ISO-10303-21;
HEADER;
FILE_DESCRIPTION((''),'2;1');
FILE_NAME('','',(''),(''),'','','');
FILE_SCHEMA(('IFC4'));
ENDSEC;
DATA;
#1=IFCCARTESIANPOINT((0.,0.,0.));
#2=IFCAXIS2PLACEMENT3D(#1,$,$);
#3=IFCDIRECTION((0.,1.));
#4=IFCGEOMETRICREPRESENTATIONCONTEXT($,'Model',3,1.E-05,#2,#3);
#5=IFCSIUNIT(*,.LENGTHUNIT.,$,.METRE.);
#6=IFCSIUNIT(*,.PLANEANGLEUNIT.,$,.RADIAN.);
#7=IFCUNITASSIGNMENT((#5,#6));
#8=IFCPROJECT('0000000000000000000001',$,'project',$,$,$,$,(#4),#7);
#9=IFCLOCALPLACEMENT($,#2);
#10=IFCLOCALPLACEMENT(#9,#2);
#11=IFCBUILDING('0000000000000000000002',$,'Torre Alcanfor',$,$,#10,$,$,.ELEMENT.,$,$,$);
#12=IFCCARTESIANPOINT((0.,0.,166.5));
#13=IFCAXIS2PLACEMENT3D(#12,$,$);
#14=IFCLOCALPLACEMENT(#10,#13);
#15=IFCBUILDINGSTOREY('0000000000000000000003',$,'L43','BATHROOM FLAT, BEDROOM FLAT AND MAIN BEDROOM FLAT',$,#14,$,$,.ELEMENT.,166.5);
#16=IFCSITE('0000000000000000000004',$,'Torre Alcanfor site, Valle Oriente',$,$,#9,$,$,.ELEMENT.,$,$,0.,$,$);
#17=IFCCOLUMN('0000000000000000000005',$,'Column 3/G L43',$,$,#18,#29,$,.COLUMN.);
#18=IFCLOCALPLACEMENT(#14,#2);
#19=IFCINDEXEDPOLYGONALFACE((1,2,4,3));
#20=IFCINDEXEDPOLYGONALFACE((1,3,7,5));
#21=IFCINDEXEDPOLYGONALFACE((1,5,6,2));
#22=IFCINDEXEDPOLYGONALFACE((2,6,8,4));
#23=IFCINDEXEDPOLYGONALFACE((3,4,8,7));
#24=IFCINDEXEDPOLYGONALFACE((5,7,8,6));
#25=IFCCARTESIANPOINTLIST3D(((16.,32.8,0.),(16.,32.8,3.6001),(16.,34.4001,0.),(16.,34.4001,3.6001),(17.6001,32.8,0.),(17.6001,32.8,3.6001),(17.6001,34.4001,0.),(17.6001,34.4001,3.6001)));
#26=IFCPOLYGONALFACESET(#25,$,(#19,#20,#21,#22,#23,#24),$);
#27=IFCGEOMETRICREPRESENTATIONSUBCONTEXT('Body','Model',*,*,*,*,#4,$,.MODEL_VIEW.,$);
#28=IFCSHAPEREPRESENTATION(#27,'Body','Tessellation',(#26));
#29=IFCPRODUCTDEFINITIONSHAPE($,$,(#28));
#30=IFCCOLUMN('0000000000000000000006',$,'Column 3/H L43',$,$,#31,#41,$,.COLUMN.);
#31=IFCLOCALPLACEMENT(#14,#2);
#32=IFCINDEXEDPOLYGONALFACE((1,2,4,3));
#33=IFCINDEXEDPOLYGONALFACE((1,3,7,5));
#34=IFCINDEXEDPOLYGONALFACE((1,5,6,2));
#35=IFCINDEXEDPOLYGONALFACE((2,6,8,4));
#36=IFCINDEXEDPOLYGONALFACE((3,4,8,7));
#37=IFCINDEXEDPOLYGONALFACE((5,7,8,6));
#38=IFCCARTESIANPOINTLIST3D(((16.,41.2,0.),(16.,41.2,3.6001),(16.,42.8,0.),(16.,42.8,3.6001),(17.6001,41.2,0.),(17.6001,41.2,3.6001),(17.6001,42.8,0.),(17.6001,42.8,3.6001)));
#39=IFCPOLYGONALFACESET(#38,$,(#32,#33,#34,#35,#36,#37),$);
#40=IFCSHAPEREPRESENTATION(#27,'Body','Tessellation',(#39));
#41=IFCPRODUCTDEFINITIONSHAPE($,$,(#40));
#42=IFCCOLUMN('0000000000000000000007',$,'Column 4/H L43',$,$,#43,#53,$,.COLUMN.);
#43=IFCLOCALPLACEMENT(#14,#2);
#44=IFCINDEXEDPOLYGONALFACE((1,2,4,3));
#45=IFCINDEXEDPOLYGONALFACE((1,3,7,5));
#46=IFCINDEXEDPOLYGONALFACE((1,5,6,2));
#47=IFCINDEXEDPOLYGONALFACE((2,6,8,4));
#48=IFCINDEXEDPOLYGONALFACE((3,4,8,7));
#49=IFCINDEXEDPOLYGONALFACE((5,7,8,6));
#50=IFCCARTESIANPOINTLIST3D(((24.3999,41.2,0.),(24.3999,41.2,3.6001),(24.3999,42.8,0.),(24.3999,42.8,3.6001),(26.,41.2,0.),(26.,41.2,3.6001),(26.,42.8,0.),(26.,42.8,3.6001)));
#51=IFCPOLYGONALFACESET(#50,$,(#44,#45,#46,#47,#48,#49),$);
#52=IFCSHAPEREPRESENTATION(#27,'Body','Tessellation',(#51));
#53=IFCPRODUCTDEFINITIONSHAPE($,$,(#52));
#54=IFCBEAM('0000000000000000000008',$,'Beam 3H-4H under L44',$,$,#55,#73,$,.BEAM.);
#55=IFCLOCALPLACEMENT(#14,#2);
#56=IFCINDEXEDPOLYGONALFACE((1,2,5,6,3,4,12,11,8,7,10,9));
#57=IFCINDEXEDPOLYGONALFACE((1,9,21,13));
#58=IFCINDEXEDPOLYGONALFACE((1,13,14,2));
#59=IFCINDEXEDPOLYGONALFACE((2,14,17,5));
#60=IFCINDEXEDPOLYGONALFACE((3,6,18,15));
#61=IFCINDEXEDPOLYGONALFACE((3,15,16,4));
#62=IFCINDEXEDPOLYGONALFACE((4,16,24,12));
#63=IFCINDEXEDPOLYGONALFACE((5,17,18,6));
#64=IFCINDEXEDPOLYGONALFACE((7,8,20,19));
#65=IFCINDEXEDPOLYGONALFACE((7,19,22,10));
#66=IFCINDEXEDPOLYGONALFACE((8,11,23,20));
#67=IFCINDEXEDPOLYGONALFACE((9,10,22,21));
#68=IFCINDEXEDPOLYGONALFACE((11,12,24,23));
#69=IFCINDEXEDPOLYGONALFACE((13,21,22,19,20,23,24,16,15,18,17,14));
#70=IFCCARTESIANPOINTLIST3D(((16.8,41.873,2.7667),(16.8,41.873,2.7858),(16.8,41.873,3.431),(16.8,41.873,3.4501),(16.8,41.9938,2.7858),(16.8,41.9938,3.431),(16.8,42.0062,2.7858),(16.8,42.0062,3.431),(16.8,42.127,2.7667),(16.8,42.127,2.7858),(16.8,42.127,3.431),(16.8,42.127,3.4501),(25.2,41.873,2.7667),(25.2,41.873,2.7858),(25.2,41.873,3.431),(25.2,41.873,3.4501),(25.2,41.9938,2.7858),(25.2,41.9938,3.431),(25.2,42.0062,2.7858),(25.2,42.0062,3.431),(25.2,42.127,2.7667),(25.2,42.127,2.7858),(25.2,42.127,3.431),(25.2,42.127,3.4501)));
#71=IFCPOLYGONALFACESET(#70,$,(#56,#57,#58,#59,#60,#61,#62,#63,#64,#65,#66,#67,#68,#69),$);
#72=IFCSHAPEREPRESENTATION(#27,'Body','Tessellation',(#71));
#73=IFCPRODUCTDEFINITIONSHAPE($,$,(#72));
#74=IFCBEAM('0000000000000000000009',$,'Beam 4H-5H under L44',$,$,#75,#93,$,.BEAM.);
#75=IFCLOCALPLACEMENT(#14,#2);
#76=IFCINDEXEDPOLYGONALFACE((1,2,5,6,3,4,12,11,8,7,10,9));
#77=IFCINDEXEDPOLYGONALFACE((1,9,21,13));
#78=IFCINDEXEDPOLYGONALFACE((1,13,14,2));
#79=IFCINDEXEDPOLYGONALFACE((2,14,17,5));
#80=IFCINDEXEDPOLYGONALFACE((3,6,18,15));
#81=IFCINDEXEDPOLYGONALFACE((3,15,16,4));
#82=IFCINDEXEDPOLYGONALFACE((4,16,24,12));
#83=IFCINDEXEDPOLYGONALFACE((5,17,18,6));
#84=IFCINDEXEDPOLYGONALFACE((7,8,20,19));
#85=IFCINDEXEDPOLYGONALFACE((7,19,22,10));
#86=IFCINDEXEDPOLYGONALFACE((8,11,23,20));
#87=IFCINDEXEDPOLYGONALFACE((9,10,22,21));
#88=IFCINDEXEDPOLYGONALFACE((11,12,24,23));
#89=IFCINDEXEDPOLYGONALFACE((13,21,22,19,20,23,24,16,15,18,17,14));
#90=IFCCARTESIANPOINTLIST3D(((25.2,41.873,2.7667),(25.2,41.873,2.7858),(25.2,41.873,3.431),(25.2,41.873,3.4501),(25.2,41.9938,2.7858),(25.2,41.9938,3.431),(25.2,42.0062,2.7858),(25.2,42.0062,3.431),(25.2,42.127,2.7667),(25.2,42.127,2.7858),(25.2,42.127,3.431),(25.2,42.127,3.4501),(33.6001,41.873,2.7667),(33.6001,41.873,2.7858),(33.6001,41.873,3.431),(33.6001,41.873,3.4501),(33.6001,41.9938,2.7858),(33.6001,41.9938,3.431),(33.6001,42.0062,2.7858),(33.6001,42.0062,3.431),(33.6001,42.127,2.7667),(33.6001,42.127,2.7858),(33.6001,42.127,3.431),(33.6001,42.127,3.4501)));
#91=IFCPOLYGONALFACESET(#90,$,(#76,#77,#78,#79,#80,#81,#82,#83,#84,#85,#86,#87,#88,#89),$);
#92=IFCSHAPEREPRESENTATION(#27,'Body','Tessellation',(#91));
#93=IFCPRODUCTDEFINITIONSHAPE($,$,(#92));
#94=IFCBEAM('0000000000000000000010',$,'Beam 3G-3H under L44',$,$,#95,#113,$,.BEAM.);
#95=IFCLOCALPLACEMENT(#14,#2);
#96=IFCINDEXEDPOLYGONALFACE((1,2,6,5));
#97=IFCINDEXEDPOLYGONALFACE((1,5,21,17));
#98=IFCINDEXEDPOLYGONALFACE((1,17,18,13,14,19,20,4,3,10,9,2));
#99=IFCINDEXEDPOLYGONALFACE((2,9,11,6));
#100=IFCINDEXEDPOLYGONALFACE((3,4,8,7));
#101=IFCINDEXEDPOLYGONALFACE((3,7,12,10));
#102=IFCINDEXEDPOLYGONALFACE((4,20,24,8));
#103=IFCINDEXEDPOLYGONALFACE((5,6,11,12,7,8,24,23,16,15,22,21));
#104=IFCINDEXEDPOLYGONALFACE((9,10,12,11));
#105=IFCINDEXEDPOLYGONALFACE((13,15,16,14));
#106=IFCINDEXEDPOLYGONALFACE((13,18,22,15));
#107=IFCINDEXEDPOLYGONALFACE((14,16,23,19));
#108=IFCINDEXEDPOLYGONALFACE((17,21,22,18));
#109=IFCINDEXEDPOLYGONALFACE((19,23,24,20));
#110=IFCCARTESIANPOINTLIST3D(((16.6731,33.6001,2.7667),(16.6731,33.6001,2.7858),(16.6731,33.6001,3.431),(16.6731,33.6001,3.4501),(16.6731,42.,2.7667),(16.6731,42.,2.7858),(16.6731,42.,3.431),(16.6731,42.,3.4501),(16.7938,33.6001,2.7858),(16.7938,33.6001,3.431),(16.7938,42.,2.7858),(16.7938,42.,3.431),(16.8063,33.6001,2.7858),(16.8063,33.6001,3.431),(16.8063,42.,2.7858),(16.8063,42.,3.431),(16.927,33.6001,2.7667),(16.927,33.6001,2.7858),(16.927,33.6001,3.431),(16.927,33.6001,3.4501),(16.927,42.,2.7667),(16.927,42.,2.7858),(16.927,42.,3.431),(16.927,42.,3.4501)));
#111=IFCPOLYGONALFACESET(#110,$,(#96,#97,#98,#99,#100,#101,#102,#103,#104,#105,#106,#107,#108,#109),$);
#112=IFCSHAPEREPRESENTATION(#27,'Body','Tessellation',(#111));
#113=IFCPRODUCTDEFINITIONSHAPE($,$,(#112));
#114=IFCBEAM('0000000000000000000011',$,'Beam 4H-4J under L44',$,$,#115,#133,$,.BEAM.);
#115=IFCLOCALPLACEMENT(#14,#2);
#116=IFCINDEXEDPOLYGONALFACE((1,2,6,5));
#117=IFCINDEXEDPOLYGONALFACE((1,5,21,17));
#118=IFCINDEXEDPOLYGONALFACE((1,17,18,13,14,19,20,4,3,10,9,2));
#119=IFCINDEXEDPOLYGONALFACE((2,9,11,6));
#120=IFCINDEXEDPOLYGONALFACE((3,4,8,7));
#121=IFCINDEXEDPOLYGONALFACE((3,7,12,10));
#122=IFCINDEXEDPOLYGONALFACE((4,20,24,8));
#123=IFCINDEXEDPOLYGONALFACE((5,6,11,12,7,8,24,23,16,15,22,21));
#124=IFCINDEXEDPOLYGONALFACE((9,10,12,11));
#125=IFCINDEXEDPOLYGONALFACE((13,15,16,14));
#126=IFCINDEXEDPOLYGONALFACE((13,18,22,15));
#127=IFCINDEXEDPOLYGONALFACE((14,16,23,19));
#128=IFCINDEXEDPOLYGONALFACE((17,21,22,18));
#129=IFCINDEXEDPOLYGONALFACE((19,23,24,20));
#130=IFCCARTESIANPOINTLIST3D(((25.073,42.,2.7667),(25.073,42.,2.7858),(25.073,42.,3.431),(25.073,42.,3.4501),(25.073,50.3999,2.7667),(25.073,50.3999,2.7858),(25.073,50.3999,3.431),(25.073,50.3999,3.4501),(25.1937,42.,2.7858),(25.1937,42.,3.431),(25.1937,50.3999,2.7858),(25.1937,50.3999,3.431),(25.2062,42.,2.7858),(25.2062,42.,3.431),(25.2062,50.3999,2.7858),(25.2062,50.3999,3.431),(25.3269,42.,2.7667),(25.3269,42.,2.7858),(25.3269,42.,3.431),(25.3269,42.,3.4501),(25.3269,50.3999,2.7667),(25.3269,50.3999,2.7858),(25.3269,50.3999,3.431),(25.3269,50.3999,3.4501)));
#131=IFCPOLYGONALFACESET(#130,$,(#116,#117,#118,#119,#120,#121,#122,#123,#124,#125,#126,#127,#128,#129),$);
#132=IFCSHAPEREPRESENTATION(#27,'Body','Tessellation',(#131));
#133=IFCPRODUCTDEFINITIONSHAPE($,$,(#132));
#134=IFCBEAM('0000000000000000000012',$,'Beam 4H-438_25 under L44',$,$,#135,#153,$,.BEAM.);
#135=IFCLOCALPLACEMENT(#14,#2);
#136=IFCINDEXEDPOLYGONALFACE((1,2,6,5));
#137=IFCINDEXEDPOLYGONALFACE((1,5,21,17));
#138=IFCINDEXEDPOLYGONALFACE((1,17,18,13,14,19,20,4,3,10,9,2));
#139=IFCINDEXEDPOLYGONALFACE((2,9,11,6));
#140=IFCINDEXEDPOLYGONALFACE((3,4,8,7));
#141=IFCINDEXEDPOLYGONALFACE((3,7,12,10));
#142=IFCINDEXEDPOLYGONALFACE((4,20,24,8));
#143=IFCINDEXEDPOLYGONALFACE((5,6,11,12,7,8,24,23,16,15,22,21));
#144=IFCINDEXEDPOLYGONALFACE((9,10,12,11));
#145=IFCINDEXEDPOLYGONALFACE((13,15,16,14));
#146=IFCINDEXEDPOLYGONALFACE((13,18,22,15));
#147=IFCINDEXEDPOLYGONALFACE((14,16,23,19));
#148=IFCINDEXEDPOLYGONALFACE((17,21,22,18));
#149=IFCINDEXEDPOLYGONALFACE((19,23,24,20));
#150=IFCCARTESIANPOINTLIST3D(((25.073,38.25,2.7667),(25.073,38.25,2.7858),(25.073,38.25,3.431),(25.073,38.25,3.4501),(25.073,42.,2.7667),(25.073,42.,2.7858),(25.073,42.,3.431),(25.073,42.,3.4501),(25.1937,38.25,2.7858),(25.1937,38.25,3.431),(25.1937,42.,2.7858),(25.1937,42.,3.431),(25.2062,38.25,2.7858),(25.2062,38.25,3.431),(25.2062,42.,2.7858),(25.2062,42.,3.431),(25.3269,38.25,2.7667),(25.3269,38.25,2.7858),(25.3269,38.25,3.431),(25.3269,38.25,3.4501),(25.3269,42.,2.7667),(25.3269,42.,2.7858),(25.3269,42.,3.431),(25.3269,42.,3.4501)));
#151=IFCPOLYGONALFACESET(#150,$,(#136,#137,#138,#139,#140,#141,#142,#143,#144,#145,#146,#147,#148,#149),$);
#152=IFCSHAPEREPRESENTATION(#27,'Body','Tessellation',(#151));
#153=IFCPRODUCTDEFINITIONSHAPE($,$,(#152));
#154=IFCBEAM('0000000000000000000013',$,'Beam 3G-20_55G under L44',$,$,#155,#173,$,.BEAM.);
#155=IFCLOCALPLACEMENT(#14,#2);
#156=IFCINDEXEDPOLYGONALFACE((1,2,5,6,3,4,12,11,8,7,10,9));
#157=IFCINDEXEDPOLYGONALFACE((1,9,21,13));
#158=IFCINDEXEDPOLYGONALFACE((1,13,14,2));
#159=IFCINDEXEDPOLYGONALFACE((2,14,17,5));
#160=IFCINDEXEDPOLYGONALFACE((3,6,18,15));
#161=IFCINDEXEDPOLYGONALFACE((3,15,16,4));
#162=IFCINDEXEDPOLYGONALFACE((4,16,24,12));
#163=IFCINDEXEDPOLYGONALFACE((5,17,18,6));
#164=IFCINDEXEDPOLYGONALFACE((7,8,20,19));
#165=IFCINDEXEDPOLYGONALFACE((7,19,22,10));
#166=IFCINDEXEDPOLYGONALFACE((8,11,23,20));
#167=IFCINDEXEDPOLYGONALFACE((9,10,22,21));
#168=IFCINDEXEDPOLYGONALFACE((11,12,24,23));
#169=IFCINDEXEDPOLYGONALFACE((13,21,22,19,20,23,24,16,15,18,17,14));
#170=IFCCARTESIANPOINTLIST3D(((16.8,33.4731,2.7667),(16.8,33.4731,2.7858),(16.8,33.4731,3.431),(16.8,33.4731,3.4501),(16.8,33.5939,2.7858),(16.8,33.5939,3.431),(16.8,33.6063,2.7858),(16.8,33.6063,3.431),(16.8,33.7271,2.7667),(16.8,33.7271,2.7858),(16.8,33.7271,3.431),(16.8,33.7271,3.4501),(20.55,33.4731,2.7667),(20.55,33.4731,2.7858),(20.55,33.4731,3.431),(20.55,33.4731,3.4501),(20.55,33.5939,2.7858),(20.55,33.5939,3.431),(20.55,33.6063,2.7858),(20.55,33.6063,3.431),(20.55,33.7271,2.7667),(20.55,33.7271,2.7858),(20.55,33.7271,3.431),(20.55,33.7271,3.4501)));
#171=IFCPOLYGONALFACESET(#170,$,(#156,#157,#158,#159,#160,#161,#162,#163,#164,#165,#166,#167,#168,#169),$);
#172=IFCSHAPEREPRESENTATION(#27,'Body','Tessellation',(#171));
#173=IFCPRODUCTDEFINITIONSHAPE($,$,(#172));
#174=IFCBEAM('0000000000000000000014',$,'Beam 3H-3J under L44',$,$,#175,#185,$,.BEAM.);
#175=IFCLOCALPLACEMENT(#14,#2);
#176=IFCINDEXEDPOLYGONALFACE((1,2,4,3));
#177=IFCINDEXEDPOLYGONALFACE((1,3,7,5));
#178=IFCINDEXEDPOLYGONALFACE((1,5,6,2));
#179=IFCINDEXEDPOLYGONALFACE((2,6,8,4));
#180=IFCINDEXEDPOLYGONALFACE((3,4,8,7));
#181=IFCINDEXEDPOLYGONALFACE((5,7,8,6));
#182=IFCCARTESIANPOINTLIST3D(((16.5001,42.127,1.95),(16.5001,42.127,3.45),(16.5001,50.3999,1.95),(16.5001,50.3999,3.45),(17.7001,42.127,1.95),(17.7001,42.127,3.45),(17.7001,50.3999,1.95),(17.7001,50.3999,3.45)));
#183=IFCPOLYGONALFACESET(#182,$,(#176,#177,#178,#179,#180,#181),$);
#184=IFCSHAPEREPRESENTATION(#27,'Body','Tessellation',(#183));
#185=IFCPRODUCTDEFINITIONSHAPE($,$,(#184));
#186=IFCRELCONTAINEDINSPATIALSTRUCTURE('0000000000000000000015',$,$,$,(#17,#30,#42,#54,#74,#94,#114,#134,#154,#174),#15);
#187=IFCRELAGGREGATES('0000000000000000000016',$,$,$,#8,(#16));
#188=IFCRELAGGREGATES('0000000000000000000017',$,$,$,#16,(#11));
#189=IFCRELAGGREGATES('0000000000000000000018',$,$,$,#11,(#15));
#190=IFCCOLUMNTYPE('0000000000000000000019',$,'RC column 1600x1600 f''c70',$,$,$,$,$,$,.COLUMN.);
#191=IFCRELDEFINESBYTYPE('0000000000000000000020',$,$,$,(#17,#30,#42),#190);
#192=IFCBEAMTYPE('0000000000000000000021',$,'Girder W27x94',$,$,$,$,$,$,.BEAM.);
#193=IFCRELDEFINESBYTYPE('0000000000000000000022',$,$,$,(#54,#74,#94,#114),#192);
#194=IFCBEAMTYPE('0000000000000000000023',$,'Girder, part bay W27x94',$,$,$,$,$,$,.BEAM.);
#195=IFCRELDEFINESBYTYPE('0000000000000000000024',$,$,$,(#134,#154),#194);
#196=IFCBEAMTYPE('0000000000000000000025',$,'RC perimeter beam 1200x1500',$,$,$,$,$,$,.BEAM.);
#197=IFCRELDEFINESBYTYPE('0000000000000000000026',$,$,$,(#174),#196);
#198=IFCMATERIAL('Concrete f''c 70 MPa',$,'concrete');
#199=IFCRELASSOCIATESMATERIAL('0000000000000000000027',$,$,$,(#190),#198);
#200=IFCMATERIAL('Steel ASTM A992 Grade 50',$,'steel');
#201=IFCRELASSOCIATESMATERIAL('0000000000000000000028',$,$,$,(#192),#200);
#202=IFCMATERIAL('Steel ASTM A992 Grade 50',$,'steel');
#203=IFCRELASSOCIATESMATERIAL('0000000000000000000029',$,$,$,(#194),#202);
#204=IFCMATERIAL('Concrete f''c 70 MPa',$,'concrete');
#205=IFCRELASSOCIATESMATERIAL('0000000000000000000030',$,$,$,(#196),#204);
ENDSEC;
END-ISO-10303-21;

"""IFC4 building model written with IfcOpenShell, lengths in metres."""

from ifc_helpers import new_model, si_unit, direction, frame, origin, origin_2d, place, context, subcontext, project, spatial, rectangle, i_section, extrude, material, material_profile, profile_set, type_object, element, save


model = new_model("IFC4")

# Units and contexts
model_context = context("Model", 3, precision=1e-05, world=origin(), true_north=direction((0.0, 1.0)))
body_context = subcontext(model_context, "Body", "Model", "MODEL_VIEW")
ifc_project = project(units=[si_unit("LENGTHUNIT", "METRE"), si_unit("PLANEANGLEUNIT", "RADIAN")], contexts=[model_context])

# Site, building, storey
site_placement = place(None, origin())
site = spatial("IfcSite", under=ifc_project, at=site_placement, Name="Torre Alcanfor site, Valle Oriente", CompositionType="ELEMENT", RefElevation=0.0)
building_placement = place(site_placement, origin())
building = spatial("IfcBuilding", under=site, at=building_placement, Name="Torre Alcanfor", CompositionType="ELEMENT")
storey_placement = place(building_placement, frame((0.0, 0.0, 166.5)))
storey = spatial("IfcBuildingStorey", under=building, at=storey_placement, Name="L43", Description="BATHROOM FLAT, BEDROOM FLAT AND MAIN BEDROOM FLAT", CompositionType="ELEMENT", Elevation=166.5)

# Columns
ifc_material_1 = material(Name="Concrete f'c 70 MPa", Category="concrete")
ifc_material_profile_1 = material_profile(ifc_material_1, rectangle(XDim=1.6001, YDim=1.6001, at=origin_2d()), Name="1600x1600")
ifc_profile_set_1 = profile_set([ifc_material_profile_1], Name="Concrete f'c 70 MPa")
column_type = type_object("IfcColumnType", Name="RC column 1600x1600 f'c70", PredefinedType="COLUMN", material=ifc_profile_set_1)
for number, where, z_axis, x_axis, name in (
    (1, (16.8, 33.6001, 0.0), (0.0, 0.0, 1.0), (1.0, 0.0, 0.0), "Column 3/G L43"),
    (2, (16.8, 42.0, 0.0), (0.0, 0.0, 1.0), (1.0, 0.0, 0.0), "Column 3/H L43"),
    (3, (25.2, 42.0, 0.0), (0.0, 0.0, 1.0), (1.0, 0.0, 0.0), "Column 4/H L43"),
):
    element("IfcColumn", number, at=place(storey_placement, frame(where, z_axis=z_axis, x_axis=x_axis)), inside=storey, type_object=column_type, Name=name, PredefinedType="COLUMN", context=body_context, shape_type="SweptSolid", body=[
        extrude(rectangle(XDim=1.6001, YDim=1.6001, at=origin_2d()), origin(), (0.0, 0.0, 1.0), 3.6001),
    ])

# Beams
ifc_material_2 = material(Name="Steel ASTM A992 Grade 50", Category="steel")
ifc_material_profile_2 = material_profile(ifc_material_2, i_section(OverallWidth=0.2539, OverallDepth=0.6833, WebThickness=0.0125, FlangeThickness=0.019, at=origin_2d()), Name="W27x94")
ifc_profile_set_2 = profile_set([ifc_material_profile_2], Name="Steel ASTM A992 Grade 50")
beam_type_1 = type_object("IfcBeamType", Name="Girder W27x94", PredefinedType="BEAM", material=ifc_profile_set_2)
beam_1_placement = place(storey_placement, frame((16.8, 42.0, 3.1084), z_axis=(1.0, 0.0, 0.0), x_axis=(0.0, 1.0, 0.0)))
element("IfcBeam", 4, at=beam_1_placement, inside=storey, type_object=beam_type_1, Name="Beam 3H-4H under L44", PredefinedType="BEAM", context=body_context, shape_type="SweptSolid", body=[
    extrude(i_section(OverallWidth=0.2539, OverallDepth=0.6833, WebThickness=0.0125, FlangeThickness=0.019, at=origin_2d()), origin(), (0.0, 0.0, 1.0), 8.3999),
])
beam_2_placement = place(storey_placement, frame((25.2, 42.0, 3.1084), z_axis=(1.0, 0.0, 0.0), x_axis=(0.0, 1.0, 0.0)))
element("IfcBeam", 5, at=beam_2_placement, inside=storey, type_object=beam_type_1, Name="Beam 4H-5H under L44", PredefinedType="BEAM", context=body_context, shape_type="SweptSolid", body=[
    extrude(i_section(OverallWidth=0.2539, OverallDepth=0.6833, WebThickness=0.0125, FlangeThickness=0.019, at=origin_2d()), origin(), (0.0, 0.0, 1.0), 8.4001),
])
for number, where, z_axis, x_axis, name in (
    (6, (16.8, 33.6001, 3.1084), (0.0, 1.0, 0.0), (-1.0, 0.0, 0.0), "Beam 3G-3H under L44"),
    (7, (25.2, 42.0, 3.1084), (0.0, 1.0, 0.0), (-1.0, 0.0, 0.0), "Beam 4H-4J under L44"),
):
    element("IfcBeam", number, at=place(storey_placement, frame(where, z_axis=z_axis, x_axis=x_axis)), inside=storey, type_object=beam_type_1, Name=name, PredefinedType="BEAM", context=body_context, shape_type="SweptSolid", body=[
        extrude(i_section(OverallWidth=0.2539, OverallDepth=0.6833, WebThickness=0.0125, FlangeThickness=0.019, at=origin_2d()), origin(), (0.0, 0.0, 1.0), 8.3999),
    ])
ifc_material_3 = material(Name="Steel ASTM A992 Grade 50", Category="steel")
ifc_material_profile_3 = material_profile(ifc_material_3, i_section(OverallWidth=0.2539, OverallDepth=0.6833, WebThickness=0.0125, FlangeThickness=0.019, at=origin_2d()), Name="W27x94")
ifc_profile_set_3 = profile_set([ifc_material_profile_3], Name="Steel ASTM A992 Grade 50")
beam_type_2 = type_object("IfcBeamType", Name="Girder, part bay W27x94", PredefinedType="BEAM", material=ifc_profile_set_3)
for number, where, z_axis, x_axis, name in (
    (8, (25.2, 42.0, 3.1084), (0.0, -1.0, 0.0), (1.0, 0.0, 0.0), "Beam 4H-438_25 under L44"),
    (9, (16.8, 33.6001, 3.1084), (1.0, 0.0, 0.0), (0.0, 1.0, 0.0), "Beam 3G-20_55G under L44"),
):
    element("IfcBeam", number, at=place(storey_placement, frame(where, z_axis=z_axis, x_axis=x_axis)), inside=storey, type_object=beam_type_2, Name=name, PredefinedType="BEAM", context=body_context, shape_type="SweptSolid", body=[
        extrude(i_section(OverallWidth=0.2539, OverallDepth=0.6833, WebThickness=0.0125, FlangeThickness=0.019, at=origin_2d()), origin(), (0.0, 0.0, 1.0), 3.75),
    ])
ifc_material_4 = material(Name="Concrete f'c 70 MPa", Category="concrete")
ifc_material_profile_4 = material_profile(ifc_material_4, rectangle(XDim=1.2, YDim=1.5, at=origin_2d()), Name="1200x1500")
ifc_profile_set_4 = profile_set([ifc_material_profile_4], Name="Concrete f'c 70 MPa")
beam_type_3 = type_object("IfcBeamType", Name="RC perimeter beam 1200x1500", PredefinedType="BEAM", material=ifc_profile_set_4)
beam_3_placement = place(storey_placement, frame((17.1001, 42.127, 2.7), z_axis=(0.0, 1.0, 0.0), x_axis=(-1.0, 0.0, 0.0)))
element("IfcBeam", 10, at=beam_3_placement, inside=storey, type_object=beam_type_3, Name="Beam 3H-3J under L44", PredefinedType="BEAM", context=body_context, shape_type="SweptSolid", body=[
    extrude(rectangle(XDim=1.2, YDim=1.5, at=origin_2d()), origin(), (0.0, 0.0, 1.0), 8.2729),
])

save(model, "model.ifc")
